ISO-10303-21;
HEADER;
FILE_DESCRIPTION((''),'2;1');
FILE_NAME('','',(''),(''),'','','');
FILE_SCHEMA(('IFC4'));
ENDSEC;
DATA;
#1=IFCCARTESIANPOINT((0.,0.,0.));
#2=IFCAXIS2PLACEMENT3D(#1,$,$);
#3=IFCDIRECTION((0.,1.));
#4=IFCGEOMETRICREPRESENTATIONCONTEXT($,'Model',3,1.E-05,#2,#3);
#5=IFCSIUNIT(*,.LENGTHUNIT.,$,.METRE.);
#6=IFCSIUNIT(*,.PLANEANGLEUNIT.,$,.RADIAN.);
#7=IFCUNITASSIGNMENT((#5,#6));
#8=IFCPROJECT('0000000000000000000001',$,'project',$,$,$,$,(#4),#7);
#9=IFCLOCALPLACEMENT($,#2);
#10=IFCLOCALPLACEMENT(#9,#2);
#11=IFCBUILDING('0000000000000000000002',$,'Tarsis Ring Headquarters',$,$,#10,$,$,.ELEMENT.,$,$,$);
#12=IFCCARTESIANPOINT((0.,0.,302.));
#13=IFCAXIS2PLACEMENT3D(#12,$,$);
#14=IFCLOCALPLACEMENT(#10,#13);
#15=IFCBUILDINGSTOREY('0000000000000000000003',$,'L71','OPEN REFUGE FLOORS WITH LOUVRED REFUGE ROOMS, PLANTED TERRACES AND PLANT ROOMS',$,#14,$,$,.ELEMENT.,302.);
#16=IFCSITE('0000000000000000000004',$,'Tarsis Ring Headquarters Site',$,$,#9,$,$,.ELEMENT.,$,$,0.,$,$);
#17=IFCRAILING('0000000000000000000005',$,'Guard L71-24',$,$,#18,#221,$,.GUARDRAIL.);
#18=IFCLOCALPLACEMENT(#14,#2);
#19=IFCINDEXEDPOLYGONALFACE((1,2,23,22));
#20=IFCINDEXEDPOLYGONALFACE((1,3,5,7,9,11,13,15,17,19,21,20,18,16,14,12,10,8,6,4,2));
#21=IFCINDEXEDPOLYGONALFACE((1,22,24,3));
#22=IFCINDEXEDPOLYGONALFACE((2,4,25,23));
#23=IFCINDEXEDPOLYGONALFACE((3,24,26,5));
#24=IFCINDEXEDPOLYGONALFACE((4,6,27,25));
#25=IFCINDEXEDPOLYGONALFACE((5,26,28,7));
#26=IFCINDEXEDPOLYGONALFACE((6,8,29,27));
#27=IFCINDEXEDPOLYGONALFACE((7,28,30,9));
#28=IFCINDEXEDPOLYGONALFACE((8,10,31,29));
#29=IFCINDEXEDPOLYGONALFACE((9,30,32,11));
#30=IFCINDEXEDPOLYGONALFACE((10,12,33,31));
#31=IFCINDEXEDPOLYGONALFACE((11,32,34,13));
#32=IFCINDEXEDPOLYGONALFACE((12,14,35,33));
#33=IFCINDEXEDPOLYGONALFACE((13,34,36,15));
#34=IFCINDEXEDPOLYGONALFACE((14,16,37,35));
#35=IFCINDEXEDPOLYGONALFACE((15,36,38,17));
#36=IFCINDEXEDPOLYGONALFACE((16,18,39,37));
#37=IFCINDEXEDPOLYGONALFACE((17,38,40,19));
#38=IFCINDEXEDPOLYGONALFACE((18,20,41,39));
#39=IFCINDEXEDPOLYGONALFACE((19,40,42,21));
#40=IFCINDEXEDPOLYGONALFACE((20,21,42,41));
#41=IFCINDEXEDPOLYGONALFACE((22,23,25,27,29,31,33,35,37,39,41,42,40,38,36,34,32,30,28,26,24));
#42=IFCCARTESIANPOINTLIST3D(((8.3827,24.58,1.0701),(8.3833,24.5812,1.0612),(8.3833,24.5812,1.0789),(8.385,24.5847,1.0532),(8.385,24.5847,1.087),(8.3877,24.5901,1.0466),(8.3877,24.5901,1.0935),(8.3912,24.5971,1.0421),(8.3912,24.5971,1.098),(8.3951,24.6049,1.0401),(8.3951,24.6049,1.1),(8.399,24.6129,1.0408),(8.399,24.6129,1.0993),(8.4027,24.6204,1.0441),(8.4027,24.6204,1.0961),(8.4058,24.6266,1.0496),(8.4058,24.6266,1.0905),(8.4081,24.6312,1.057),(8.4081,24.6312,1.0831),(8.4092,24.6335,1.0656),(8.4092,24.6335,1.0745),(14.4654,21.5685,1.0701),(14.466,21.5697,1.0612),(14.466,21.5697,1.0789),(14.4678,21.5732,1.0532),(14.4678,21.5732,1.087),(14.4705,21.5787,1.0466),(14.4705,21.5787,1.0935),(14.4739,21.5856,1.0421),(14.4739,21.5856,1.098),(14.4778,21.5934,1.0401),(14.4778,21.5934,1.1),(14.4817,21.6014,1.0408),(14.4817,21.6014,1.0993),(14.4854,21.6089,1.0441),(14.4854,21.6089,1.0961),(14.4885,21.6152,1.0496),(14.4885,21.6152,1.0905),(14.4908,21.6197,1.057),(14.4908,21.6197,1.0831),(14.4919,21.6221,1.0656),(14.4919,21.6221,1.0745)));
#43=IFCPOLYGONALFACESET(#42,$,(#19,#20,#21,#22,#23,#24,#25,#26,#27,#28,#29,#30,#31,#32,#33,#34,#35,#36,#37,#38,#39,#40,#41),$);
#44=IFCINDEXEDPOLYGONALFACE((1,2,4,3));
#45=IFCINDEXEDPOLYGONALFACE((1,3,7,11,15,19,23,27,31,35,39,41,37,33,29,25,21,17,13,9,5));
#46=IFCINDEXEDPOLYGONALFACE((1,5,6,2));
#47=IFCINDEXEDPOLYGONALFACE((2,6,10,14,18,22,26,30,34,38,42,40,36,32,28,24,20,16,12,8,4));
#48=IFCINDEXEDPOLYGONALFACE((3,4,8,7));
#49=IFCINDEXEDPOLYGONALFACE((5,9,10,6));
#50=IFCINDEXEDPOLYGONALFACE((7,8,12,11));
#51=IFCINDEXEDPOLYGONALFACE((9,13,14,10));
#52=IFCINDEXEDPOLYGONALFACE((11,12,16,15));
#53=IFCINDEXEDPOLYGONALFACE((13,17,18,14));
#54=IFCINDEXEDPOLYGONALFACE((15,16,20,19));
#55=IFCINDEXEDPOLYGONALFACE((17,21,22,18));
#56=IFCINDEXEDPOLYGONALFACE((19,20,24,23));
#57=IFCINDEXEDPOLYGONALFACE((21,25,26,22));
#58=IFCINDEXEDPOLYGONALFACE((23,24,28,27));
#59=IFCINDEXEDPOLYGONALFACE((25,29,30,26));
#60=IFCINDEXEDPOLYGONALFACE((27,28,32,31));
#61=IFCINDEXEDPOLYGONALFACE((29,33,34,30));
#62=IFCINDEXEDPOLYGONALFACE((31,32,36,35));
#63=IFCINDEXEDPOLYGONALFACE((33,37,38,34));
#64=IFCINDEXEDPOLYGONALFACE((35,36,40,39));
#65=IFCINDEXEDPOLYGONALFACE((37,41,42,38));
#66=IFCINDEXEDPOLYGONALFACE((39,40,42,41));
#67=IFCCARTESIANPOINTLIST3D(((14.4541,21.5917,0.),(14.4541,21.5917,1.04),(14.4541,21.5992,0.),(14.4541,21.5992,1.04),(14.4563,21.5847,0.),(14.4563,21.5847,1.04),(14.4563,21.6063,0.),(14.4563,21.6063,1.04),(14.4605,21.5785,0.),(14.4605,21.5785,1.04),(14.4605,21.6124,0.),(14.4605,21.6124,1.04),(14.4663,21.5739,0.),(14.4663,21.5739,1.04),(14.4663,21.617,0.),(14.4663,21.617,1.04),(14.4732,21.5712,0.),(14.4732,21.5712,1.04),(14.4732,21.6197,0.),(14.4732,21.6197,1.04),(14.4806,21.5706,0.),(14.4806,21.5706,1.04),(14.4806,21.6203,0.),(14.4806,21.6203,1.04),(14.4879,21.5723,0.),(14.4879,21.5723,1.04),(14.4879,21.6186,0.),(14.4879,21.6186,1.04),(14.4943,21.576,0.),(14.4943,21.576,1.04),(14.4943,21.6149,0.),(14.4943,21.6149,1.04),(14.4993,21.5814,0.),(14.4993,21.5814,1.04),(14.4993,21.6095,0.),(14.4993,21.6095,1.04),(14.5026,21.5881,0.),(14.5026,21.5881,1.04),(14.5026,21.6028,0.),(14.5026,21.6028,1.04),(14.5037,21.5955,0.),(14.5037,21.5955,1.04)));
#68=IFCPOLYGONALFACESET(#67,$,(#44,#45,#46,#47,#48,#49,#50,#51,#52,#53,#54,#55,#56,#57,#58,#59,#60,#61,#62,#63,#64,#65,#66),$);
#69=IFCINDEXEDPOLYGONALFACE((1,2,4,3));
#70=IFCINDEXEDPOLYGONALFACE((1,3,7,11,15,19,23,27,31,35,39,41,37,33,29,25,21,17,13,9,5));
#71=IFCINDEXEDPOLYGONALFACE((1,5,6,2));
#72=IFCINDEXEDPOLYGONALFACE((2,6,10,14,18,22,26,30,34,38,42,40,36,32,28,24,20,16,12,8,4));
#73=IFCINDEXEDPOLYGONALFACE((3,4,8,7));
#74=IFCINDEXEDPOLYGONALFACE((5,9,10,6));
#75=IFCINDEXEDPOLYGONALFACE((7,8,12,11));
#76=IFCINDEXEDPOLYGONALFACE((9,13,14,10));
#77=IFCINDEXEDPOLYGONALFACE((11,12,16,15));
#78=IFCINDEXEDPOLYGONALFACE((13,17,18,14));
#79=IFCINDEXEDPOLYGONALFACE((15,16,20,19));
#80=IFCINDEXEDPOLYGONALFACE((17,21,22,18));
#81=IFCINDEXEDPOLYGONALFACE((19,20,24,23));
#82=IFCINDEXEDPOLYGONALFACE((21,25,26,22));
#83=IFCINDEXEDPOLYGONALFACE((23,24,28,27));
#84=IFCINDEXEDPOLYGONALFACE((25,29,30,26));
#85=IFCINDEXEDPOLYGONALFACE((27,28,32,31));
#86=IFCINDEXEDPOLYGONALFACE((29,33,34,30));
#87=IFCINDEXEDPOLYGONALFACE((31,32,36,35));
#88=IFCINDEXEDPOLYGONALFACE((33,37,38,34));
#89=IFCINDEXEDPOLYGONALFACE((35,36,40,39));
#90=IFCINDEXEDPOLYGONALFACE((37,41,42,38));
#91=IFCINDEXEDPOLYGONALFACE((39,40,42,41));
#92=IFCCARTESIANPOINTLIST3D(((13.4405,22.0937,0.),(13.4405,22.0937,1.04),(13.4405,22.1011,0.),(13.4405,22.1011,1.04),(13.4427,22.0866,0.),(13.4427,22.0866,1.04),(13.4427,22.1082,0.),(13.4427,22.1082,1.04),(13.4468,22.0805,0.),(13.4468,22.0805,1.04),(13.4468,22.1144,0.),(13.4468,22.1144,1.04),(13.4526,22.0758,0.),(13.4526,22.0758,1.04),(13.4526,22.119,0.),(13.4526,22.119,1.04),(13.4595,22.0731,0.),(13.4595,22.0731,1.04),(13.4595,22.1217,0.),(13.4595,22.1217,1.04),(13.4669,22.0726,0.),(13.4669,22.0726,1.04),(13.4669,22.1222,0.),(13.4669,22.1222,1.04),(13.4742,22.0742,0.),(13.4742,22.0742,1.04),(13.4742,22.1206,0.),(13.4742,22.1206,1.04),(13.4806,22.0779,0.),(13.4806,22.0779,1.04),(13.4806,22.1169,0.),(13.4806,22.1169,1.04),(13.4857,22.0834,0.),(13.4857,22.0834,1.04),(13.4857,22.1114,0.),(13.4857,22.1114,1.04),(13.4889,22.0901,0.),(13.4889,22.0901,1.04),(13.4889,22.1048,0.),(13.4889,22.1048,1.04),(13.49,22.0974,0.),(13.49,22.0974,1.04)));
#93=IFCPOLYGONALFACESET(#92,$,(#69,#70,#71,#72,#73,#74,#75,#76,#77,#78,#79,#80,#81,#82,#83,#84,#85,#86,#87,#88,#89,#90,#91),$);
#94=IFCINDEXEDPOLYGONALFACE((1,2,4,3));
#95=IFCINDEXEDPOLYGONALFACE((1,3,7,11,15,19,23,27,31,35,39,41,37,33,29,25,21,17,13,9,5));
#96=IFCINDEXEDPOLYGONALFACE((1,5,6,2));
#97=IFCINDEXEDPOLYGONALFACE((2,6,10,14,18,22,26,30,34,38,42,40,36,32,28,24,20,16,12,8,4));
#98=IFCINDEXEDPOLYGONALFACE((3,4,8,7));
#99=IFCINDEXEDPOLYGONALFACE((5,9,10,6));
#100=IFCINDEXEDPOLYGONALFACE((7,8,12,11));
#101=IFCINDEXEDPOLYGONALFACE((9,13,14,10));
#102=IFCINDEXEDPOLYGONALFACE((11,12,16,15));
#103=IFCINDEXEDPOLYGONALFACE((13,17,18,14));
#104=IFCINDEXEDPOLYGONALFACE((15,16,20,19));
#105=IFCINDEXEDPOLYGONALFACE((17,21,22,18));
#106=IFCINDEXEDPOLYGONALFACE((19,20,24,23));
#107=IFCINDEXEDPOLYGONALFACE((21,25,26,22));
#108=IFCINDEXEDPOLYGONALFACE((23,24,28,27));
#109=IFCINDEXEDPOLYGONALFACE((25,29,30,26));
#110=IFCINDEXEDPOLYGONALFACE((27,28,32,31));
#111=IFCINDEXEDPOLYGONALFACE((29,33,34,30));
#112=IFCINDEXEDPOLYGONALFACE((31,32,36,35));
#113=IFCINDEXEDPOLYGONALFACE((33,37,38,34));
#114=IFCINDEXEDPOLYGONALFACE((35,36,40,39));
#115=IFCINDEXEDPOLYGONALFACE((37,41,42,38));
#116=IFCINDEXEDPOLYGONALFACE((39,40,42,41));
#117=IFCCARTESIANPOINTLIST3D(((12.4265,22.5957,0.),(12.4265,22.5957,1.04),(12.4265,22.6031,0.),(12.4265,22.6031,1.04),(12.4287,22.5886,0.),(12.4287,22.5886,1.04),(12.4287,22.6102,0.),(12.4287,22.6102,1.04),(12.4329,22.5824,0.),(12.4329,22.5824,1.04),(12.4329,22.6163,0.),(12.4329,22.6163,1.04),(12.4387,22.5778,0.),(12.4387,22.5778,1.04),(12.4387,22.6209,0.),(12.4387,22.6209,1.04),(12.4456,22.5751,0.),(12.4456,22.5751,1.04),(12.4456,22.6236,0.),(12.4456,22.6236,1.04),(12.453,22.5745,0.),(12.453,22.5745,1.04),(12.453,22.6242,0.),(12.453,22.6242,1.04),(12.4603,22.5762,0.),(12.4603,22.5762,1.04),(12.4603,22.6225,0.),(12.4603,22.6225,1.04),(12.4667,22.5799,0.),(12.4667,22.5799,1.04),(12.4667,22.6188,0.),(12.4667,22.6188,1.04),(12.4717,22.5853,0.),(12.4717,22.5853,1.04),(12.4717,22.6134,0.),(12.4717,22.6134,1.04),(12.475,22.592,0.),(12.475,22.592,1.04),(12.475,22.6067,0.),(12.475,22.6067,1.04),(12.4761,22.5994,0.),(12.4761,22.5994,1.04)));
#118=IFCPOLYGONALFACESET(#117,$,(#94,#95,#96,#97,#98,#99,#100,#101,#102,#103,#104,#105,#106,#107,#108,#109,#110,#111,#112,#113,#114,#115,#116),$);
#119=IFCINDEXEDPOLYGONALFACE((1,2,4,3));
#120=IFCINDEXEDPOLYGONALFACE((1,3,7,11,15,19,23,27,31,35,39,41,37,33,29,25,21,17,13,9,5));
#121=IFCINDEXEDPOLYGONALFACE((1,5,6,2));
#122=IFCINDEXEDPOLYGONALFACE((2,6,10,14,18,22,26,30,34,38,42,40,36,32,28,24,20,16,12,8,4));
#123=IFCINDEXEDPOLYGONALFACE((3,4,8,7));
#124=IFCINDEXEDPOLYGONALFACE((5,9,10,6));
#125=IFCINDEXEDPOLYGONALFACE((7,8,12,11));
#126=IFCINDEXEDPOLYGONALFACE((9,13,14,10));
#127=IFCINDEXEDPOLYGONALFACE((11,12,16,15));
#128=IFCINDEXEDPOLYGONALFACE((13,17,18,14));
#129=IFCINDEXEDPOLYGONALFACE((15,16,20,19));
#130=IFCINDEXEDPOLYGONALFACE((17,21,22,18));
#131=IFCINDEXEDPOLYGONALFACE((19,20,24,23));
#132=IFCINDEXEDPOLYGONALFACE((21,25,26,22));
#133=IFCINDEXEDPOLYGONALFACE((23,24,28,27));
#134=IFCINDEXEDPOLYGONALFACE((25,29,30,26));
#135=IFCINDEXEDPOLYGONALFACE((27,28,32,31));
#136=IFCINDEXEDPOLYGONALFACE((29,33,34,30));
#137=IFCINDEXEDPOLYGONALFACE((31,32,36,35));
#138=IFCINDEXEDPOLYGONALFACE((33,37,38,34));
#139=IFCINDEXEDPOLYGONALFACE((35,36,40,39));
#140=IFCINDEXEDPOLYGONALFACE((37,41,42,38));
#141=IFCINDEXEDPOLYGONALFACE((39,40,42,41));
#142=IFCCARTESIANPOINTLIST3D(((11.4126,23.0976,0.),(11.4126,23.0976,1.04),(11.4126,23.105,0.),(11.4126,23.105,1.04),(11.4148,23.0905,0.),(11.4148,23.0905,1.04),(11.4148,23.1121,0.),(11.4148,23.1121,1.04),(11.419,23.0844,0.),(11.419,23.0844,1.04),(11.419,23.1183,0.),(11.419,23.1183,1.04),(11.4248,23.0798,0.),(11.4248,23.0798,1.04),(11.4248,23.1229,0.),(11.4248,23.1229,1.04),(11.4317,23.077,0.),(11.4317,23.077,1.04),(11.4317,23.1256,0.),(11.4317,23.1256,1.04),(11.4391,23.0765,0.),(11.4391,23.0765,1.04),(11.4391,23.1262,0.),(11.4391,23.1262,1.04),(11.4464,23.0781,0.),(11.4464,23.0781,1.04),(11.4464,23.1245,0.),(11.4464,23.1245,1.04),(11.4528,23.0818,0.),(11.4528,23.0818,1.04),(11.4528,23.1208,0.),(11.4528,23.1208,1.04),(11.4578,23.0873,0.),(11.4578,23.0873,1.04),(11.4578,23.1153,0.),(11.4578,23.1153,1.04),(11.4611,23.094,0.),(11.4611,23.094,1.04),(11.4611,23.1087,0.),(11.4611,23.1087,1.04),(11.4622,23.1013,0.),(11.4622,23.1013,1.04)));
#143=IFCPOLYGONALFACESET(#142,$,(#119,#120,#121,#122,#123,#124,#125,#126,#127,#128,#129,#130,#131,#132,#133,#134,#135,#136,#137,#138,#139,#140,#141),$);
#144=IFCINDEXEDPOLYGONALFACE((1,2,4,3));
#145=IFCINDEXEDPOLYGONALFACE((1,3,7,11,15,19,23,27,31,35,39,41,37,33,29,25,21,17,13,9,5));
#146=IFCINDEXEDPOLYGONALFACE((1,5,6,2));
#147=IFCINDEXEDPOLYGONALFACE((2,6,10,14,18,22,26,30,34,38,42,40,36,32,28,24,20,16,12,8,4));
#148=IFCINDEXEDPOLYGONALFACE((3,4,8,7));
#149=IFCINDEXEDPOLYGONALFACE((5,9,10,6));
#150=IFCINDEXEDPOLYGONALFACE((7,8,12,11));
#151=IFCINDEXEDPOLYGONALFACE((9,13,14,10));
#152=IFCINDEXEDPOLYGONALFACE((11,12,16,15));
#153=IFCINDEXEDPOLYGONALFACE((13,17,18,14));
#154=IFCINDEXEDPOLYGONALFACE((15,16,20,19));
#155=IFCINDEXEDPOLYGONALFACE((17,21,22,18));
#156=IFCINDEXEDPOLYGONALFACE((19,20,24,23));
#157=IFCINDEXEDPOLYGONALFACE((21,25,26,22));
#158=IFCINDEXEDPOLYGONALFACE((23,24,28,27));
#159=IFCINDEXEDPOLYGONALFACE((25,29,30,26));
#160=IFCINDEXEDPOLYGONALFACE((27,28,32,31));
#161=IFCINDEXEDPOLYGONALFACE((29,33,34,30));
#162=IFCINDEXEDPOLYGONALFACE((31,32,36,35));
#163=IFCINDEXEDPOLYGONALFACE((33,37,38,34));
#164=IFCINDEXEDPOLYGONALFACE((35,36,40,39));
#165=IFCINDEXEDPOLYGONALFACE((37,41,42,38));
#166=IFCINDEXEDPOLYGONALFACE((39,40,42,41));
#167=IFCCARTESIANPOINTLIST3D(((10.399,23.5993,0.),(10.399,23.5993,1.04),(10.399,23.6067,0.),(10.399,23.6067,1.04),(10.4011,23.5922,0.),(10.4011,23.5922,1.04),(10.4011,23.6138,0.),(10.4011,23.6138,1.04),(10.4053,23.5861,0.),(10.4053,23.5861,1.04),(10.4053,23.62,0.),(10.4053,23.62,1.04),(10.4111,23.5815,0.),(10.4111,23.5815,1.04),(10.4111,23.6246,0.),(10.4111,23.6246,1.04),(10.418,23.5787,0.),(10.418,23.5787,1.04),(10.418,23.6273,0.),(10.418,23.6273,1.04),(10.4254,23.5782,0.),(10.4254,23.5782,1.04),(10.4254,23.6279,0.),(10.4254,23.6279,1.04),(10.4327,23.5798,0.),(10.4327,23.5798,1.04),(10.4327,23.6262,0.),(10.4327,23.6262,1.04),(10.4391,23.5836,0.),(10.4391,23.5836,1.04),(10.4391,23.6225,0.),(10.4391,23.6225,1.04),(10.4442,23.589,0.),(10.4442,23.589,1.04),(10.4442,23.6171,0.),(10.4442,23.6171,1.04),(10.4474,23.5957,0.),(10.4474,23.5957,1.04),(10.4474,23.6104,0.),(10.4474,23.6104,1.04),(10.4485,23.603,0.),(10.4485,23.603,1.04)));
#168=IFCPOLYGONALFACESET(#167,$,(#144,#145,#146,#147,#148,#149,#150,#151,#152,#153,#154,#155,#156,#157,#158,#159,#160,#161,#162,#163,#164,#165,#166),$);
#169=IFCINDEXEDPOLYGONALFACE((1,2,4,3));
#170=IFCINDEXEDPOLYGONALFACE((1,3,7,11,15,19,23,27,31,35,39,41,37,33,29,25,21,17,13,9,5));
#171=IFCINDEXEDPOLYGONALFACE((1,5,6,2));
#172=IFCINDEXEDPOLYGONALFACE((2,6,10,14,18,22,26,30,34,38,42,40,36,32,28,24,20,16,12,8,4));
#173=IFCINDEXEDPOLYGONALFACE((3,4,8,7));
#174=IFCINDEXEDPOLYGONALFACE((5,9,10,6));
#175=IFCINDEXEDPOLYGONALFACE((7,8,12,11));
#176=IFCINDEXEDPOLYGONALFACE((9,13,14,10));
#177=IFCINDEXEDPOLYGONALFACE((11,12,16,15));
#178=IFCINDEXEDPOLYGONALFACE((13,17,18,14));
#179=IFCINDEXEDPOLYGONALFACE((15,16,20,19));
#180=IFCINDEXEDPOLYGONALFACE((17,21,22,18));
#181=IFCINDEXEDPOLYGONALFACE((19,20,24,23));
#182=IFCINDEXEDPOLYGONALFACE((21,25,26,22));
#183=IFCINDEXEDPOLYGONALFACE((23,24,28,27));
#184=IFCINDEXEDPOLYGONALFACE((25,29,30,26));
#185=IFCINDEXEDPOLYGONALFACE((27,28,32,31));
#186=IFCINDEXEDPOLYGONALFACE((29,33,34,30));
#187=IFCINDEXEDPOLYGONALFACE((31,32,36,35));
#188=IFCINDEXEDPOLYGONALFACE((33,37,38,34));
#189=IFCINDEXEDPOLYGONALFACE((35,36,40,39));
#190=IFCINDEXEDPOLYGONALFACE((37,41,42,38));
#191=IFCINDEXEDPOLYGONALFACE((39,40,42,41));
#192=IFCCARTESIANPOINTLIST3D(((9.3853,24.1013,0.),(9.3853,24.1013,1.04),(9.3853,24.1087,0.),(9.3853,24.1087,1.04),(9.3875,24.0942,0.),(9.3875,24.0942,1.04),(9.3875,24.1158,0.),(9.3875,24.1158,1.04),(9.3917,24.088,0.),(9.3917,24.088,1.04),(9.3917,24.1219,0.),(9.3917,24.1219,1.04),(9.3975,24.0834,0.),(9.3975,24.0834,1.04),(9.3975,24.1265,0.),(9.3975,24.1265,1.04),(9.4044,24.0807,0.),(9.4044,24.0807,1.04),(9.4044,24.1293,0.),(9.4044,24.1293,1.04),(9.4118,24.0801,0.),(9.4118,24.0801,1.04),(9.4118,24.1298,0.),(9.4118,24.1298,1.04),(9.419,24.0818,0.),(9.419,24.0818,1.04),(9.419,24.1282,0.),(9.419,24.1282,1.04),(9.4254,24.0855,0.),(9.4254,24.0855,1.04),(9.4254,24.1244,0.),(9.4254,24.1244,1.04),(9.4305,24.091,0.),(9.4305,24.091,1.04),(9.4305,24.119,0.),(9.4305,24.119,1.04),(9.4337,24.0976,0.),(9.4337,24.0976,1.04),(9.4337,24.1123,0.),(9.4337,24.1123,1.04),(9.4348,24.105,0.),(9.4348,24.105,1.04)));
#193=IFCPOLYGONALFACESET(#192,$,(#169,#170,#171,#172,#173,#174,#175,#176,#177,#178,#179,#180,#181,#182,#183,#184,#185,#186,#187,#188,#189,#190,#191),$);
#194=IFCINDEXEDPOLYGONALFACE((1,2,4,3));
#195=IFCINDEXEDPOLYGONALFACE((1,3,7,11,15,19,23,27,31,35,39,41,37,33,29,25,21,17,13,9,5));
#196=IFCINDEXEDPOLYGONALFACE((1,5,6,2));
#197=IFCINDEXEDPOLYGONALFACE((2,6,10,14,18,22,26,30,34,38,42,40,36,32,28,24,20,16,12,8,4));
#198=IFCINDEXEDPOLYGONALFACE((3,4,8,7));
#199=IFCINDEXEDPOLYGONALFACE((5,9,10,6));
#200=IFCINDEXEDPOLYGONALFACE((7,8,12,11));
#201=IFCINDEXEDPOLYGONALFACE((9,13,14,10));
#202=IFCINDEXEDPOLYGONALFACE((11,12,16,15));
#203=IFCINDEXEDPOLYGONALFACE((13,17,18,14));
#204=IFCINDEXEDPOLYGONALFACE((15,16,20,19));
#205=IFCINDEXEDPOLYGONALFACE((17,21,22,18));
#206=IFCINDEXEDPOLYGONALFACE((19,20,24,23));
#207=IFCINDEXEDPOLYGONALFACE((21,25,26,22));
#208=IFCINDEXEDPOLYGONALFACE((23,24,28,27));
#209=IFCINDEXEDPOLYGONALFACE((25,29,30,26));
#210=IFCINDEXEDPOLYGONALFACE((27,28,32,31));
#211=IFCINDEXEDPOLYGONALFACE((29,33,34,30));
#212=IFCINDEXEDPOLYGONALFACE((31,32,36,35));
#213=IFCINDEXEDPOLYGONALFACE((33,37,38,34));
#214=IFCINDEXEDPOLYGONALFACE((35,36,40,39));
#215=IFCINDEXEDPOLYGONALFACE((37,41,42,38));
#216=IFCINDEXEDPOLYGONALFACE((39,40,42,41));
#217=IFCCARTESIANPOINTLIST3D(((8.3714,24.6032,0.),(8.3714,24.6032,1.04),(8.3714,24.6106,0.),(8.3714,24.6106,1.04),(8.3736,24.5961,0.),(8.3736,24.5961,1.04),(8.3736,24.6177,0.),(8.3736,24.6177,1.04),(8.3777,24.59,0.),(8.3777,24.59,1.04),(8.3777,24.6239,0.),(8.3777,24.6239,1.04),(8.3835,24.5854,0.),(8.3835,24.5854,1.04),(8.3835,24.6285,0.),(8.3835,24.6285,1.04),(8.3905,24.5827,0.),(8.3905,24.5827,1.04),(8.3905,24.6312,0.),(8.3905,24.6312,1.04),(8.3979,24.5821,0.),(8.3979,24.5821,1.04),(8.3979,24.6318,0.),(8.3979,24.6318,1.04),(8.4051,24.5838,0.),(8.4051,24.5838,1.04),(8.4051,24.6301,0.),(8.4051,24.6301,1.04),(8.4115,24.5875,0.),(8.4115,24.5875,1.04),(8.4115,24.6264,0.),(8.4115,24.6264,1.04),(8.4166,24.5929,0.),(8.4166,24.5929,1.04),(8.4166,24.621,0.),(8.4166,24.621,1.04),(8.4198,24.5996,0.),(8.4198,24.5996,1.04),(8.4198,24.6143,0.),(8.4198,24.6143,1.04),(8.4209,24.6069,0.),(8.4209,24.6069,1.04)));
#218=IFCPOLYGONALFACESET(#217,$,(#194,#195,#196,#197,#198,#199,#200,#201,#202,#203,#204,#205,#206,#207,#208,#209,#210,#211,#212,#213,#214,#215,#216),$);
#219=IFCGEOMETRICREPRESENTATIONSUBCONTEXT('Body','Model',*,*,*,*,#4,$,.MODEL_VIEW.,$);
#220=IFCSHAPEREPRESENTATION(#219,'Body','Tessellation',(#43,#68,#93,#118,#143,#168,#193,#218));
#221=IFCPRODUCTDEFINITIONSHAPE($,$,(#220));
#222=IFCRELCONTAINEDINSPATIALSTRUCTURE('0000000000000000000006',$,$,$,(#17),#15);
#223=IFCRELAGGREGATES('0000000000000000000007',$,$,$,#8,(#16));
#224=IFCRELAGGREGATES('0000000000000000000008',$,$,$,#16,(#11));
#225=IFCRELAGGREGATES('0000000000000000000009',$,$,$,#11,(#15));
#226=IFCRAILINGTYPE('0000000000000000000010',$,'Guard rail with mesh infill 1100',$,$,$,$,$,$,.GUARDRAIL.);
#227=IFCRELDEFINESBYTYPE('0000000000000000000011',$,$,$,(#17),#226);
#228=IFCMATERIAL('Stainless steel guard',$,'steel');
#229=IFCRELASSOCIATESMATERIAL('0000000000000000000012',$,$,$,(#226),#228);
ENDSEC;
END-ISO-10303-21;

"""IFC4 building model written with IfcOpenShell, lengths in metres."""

from ifc_helpers import new_model, si_unit, direction, frame, origin, origin_2d, place, context, subcontext, project, spatial, circle, extrude, material, type_object, element, save


model = new_model("IFC4")

# Units and contexts
model_context = context("Model", 3, precision=1e-05, world=origin(), true_north=direction((0.0, 1.0)))
body_context = subcontext(model_context, "Body", "Model", "MODEL_VIEW")
ifc_project = project(units=[si_unit("LENGTHUNIT", "METRE"), si_unit("PLANEANGLEUNIT", "RADIAN")], contexts=[model_context])

# Site, building, storey
site_placement = place(None, origin())
site = spatial("IfcSite", under=ifc_project, at=site_placement, Name="Tarsis Ring Headquarters Site", CompositionType="ELEMENT", RefElevation=0.0)
building_placement = place(site_placement, origin())
building = spatial("IfcBuilding", under=site, at=building_placement, Name="Tarsis Ring Headquarters", CompositionType="ELEMENT")
storey_placement = place(building_placement, frame((0.0, 0.0, 302.0)))
storey = spatial("IfcBuildingStorey", under=building, at=storey_placement, Name="L71", Description="OPEN REFUGE FLOORS WITH LOUVRED REFUGE ROOMS, PLANTED TERRACES AND PLANT ROOMS", CompositionType="ELEMENT", Elevation=302.0)

# Railing
ifc_material_1 = material(Name="Stainless steel guard", Category="steel")
railing_type = type_object("IfcRailingType", Name="Guard rail with mesh infill 1100", PredefinedType="GUARDRAIL", material=ifc_material_1)
railing_1_placement = place(storey_placement, frame((14.4788, 21.5955, 0.0)))
element("IfcRailing", 1, at=railing_1_placement, inside=storey, type_object=railing_type, Name="Guard L71-24", PredefinedType="GUARDRAIL", context=body_context, shape_type="SweptSolid", body=[
    extrude(circle(Radius=0.03, at=origin_2d()), frame((0.0, 0.0, 1.0701), z_axis=(-0.896183, 0.443685, 0.0), x_axis=(-0.443685, -0.896183, 0.0)), (0.0, 0.0, 1.0), 6.7874),
    extrude(circle(Radius=0.0249, at=origin_2d()), origin(), (0.0, 0.0, 1.0), 1.04),
    extrude(circle(Radius=0.0249, at=origin_2d()), frame((-1.0137, 0.502, 0.0)), (0.0, 0.0, 1.0), 1.04),
    extrude(circle(Radius=0.0249, at=origin_2d()), frame((-2.0276, 1.0039, 0.0)), (0.0, 0.0, 1.0), 1.04),
    extrude(circle(Radius=0.0249, at=origin_2d()), frame((-3.0415, 1.5059, 0.0)), (0.0, 0.0, 1.0), 1.04),
    extrude(circle(Radius=0.0249, at=origin_2d()), frame((-4.0552, 2.0076, 0.0)), (0.0, 0.0, 1.0), 1.04),
    extrude(circle(Radius=0.0249, at=origin_2d()), frame((-5.0688, 2.5095, 0.0)), (0.0, 0.0, 1.0), 1.04),
    extrude(circle(Radius=0.0249, at=origin_2d()), frame((-6.0828, 3.0115, 0.0)), (0.0, 0.0, 1.0), 1.04),
])

save(model, "model.ifc")
